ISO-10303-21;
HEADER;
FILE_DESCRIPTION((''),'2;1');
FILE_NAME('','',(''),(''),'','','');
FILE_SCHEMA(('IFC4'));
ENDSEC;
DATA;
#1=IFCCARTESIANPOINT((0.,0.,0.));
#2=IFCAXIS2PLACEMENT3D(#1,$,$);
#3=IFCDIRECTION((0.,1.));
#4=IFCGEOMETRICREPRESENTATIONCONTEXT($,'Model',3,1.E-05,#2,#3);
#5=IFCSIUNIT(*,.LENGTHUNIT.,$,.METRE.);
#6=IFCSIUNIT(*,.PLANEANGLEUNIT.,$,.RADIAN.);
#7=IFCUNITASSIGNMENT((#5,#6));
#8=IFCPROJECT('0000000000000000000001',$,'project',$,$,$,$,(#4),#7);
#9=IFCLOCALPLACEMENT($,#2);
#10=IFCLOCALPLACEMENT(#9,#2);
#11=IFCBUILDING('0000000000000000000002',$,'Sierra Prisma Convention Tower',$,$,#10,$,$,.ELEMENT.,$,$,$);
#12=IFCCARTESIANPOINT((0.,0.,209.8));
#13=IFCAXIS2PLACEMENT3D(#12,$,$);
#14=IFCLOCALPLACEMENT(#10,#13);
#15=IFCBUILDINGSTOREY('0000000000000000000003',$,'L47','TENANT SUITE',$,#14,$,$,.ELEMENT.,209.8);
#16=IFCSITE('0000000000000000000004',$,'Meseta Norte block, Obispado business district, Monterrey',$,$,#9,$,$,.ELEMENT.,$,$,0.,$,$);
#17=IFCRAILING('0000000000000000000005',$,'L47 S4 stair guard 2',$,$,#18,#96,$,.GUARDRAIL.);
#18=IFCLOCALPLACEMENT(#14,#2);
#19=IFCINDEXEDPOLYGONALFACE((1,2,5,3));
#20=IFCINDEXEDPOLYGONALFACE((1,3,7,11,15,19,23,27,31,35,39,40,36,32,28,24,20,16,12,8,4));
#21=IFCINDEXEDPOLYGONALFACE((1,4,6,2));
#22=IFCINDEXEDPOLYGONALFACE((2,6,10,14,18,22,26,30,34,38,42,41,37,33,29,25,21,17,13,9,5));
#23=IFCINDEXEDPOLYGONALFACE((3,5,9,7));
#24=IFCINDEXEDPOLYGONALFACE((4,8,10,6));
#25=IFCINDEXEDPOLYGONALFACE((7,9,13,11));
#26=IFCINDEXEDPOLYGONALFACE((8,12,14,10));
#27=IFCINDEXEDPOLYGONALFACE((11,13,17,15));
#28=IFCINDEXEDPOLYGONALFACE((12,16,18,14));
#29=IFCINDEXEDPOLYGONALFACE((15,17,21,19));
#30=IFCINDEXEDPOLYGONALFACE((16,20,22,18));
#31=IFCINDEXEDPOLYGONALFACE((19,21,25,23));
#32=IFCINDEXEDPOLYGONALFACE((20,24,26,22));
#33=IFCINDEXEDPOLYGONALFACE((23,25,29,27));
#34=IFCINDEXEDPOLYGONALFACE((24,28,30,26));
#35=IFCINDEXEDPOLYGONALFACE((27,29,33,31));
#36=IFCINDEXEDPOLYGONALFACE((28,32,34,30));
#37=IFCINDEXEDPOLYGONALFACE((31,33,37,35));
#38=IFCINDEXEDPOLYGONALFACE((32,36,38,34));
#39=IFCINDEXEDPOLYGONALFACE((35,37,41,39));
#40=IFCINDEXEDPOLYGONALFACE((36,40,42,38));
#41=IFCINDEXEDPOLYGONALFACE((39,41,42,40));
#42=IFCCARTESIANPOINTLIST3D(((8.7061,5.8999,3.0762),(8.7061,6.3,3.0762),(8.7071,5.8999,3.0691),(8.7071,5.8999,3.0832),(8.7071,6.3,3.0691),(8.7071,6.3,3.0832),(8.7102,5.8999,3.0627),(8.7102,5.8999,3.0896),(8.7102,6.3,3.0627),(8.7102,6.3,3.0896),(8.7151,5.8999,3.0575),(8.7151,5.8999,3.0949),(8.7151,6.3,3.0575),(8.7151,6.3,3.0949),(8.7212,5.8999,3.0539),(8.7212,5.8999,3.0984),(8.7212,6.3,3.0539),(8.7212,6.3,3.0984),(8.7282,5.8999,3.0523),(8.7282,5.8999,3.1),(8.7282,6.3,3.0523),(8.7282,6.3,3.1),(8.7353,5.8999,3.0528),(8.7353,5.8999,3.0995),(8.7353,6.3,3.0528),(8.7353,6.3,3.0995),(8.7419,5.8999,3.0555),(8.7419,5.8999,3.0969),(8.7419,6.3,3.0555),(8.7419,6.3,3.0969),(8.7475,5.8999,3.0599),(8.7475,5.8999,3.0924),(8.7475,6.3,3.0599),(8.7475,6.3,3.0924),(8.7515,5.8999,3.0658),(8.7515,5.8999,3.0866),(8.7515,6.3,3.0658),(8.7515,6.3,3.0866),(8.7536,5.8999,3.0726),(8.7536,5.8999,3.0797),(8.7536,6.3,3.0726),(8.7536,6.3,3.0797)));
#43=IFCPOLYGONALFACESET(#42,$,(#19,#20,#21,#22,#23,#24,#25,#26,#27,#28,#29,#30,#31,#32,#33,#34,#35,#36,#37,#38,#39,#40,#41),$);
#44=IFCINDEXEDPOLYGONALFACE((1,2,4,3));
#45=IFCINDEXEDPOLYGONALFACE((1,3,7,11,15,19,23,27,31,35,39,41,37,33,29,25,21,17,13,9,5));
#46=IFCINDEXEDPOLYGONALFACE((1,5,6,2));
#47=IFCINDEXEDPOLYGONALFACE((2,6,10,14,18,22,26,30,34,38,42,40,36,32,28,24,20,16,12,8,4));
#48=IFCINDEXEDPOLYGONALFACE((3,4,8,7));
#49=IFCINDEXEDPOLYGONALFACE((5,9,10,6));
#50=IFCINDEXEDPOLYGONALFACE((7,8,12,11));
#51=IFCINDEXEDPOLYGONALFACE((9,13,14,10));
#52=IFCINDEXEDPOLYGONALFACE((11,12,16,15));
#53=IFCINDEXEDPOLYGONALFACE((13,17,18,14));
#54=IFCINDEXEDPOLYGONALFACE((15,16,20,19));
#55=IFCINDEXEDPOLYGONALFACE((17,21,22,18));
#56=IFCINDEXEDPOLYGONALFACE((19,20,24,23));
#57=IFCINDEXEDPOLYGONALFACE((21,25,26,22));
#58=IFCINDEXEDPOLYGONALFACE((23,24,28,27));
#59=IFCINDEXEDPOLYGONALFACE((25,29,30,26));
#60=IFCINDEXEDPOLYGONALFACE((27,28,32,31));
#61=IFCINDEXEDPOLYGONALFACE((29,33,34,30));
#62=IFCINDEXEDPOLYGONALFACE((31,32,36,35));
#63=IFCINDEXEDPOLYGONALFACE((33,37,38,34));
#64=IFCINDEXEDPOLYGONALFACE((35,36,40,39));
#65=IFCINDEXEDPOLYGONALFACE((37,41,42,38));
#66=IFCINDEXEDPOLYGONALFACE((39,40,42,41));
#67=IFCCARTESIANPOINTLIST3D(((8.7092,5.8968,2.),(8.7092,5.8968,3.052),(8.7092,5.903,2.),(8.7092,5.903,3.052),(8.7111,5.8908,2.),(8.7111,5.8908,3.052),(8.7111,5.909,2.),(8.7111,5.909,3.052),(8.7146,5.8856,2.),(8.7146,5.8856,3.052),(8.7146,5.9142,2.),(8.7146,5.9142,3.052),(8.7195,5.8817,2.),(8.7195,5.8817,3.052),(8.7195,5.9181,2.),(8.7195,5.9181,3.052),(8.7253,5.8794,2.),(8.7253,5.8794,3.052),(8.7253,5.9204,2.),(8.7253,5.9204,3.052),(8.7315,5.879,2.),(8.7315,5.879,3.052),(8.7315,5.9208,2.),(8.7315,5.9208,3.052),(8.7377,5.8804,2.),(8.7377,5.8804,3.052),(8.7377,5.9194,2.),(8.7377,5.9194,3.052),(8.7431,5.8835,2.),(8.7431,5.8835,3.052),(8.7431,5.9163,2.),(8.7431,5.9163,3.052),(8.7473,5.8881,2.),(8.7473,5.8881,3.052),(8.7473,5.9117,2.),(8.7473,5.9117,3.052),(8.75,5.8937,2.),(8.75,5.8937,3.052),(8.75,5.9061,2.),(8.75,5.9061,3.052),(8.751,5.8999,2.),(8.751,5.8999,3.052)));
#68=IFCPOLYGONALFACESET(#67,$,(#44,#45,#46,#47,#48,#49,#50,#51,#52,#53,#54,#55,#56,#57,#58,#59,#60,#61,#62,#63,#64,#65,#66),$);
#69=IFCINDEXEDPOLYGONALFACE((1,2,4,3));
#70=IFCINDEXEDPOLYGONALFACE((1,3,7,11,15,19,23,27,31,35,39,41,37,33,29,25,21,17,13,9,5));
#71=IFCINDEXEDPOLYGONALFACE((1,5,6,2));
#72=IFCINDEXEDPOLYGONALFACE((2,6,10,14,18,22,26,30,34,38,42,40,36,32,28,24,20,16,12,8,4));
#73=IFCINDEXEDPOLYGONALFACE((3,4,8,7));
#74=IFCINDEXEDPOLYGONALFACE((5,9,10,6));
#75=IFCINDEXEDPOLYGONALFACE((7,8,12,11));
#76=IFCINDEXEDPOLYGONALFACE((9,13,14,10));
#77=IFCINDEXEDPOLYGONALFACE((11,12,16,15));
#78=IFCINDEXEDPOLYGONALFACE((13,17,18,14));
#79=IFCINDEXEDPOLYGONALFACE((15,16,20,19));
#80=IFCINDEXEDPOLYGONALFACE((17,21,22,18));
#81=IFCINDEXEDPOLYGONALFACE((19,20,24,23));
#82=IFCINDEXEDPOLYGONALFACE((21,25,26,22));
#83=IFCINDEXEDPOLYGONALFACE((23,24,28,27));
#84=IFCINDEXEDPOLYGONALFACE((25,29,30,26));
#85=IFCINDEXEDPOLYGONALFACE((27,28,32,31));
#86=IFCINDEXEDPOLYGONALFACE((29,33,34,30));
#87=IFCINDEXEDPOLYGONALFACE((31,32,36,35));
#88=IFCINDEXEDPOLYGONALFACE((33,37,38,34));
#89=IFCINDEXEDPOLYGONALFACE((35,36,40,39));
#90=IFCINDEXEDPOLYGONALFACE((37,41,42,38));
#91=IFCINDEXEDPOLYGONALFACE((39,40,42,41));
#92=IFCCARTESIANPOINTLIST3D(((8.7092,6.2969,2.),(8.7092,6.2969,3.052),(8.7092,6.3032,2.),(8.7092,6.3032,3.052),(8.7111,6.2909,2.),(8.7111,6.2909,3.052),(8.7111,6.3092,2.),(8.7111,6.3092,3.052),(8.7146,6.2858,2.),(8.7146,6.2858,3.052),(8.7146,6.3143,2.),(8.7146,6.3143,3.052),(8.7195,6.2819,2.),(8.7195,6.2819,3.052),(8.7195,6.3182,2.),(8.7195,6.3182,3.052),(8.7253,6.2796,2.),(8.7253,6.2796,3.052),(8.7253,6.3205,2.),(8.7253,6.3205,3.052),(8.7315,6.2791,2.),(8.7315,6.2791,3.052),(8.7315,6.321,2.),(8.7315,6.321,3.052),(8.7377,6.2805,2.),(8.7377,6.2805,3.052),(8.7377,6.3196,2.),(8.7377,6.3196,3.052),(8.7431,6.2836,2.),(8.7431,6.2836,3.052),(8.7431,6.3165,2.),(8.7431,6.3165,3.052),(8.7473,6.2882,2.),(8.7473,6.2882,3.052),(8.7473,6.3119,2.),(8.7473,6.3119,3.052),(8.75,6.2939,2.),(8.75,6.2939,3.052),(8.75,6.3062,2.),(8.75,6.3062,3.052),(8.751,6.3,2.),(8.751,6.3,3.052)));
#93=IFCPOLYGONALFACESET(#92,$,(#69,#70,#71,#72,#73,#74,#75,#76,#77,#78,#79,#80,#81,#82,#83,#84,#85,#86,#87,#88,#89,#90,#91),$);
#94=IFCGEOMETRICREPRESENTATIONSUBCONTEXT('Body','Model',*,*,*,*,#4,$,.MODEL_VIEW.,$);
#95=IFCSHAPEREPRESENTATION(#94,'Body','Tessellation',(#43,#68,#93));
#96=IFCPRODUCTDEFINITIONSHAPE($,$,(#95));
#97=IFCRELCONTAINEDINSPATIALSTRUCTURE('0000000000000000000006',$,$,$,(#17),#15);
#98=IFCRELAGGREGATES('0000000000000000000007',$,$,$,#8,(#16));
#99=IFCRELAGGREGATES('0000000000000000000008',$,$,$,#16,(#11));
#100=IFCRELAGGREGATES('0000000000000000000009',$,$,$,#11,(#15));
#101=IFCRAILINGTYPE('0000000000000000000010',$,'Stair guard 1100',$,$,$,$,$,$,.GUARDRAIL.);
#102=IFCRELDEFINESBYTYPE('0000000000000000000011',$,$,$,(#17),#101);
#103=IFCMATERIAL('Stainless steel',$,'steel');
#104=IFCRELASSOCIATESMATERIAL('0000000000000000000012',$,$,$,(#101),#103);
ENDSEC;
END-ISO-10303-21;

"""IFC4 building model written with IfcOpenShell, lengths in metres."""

from ifc_helpers import new_model, si_unit, direction, frame, origin, origin_2d, place, context, subcontext, project, spatial, circle, extrude, material, type_object, element, save


model = new_model("IFC4")

# Units and contexts
model_context = context("Model", 3, precision=1e-05, world=origin(), true_north=direction((0.0, 1.0)))
body_context = subcontext(model_context, "Body", "Model", "MODEL_VIEW")
ifc_project = project(units=[si_unit("LENGTHUNIT", "METRE"), si_unit("PLANEANGLEUNIT", "RADIAN")], contexts=[model_context])

# Site, building, storey
site_placement = place(None, origin())
site = spatial("IfcSite", under=ifc_project, at=site_placement, Name="Meseta Norte block, Obispado business district, Monterrey", CompositionType="ELEMENT", RefElevation=0.0)
building_placement = place(site_placement, origin())
building = spatial("IfcBuilding", under=site, at=building_placement, Name="Sierra Prisma Convention Tower", CompositionType="ELEMENT")
storey_placement = place(building_placement, frame((0.0, 0.0, 209.8)))
storey = spatial("IfcBuildingStorey", under=building, at=storey_placement, Name="L47", Description="TENANT SUITE", CompositionType="ELEMENT", Elevation=209.8)

# Railing
ifc_material_1 = material(Name="Stainless steel", Category="steel")
railing_type_1 = type_object("IfcRailingType", Name="Stair guard 1100", PredefinedType="GUARDRAIL", material=ifc_material_1)
railing_1_placement = place(storey_placement, frame((8.73, 5.8999, 2.0)))
element("IfcRailing", 1, at=railing_1_placement, inside=storey, type_object=railing_type_1, Name="L47 S4 stair guard 2", PredefinedType="GUARDRAIL", context=body_context, shape_type="SweptSolid", body=[
    extrude(circle(Radius=0.0239, at=origin_2d()), frame((0.0, 0.0, 1.0762), z_axis=(0.0, 1.0, 0.0), x_axis=(-1.0, 0.0, 0.0)), (0.0, 0.0, 1.0), 0.4001),
    extrude(circle(Radius=0.021, at=origin_2d()), origin(), (0.0, 0.0, 1.0), 1.052),
    extrude(circle(Radius=0.021, at=origin_2d()), frame((0.0, 0.4001, 0.0)), (0.0, 0.0, 1.0), 1.052),
])

save(model, "model.ifc")
